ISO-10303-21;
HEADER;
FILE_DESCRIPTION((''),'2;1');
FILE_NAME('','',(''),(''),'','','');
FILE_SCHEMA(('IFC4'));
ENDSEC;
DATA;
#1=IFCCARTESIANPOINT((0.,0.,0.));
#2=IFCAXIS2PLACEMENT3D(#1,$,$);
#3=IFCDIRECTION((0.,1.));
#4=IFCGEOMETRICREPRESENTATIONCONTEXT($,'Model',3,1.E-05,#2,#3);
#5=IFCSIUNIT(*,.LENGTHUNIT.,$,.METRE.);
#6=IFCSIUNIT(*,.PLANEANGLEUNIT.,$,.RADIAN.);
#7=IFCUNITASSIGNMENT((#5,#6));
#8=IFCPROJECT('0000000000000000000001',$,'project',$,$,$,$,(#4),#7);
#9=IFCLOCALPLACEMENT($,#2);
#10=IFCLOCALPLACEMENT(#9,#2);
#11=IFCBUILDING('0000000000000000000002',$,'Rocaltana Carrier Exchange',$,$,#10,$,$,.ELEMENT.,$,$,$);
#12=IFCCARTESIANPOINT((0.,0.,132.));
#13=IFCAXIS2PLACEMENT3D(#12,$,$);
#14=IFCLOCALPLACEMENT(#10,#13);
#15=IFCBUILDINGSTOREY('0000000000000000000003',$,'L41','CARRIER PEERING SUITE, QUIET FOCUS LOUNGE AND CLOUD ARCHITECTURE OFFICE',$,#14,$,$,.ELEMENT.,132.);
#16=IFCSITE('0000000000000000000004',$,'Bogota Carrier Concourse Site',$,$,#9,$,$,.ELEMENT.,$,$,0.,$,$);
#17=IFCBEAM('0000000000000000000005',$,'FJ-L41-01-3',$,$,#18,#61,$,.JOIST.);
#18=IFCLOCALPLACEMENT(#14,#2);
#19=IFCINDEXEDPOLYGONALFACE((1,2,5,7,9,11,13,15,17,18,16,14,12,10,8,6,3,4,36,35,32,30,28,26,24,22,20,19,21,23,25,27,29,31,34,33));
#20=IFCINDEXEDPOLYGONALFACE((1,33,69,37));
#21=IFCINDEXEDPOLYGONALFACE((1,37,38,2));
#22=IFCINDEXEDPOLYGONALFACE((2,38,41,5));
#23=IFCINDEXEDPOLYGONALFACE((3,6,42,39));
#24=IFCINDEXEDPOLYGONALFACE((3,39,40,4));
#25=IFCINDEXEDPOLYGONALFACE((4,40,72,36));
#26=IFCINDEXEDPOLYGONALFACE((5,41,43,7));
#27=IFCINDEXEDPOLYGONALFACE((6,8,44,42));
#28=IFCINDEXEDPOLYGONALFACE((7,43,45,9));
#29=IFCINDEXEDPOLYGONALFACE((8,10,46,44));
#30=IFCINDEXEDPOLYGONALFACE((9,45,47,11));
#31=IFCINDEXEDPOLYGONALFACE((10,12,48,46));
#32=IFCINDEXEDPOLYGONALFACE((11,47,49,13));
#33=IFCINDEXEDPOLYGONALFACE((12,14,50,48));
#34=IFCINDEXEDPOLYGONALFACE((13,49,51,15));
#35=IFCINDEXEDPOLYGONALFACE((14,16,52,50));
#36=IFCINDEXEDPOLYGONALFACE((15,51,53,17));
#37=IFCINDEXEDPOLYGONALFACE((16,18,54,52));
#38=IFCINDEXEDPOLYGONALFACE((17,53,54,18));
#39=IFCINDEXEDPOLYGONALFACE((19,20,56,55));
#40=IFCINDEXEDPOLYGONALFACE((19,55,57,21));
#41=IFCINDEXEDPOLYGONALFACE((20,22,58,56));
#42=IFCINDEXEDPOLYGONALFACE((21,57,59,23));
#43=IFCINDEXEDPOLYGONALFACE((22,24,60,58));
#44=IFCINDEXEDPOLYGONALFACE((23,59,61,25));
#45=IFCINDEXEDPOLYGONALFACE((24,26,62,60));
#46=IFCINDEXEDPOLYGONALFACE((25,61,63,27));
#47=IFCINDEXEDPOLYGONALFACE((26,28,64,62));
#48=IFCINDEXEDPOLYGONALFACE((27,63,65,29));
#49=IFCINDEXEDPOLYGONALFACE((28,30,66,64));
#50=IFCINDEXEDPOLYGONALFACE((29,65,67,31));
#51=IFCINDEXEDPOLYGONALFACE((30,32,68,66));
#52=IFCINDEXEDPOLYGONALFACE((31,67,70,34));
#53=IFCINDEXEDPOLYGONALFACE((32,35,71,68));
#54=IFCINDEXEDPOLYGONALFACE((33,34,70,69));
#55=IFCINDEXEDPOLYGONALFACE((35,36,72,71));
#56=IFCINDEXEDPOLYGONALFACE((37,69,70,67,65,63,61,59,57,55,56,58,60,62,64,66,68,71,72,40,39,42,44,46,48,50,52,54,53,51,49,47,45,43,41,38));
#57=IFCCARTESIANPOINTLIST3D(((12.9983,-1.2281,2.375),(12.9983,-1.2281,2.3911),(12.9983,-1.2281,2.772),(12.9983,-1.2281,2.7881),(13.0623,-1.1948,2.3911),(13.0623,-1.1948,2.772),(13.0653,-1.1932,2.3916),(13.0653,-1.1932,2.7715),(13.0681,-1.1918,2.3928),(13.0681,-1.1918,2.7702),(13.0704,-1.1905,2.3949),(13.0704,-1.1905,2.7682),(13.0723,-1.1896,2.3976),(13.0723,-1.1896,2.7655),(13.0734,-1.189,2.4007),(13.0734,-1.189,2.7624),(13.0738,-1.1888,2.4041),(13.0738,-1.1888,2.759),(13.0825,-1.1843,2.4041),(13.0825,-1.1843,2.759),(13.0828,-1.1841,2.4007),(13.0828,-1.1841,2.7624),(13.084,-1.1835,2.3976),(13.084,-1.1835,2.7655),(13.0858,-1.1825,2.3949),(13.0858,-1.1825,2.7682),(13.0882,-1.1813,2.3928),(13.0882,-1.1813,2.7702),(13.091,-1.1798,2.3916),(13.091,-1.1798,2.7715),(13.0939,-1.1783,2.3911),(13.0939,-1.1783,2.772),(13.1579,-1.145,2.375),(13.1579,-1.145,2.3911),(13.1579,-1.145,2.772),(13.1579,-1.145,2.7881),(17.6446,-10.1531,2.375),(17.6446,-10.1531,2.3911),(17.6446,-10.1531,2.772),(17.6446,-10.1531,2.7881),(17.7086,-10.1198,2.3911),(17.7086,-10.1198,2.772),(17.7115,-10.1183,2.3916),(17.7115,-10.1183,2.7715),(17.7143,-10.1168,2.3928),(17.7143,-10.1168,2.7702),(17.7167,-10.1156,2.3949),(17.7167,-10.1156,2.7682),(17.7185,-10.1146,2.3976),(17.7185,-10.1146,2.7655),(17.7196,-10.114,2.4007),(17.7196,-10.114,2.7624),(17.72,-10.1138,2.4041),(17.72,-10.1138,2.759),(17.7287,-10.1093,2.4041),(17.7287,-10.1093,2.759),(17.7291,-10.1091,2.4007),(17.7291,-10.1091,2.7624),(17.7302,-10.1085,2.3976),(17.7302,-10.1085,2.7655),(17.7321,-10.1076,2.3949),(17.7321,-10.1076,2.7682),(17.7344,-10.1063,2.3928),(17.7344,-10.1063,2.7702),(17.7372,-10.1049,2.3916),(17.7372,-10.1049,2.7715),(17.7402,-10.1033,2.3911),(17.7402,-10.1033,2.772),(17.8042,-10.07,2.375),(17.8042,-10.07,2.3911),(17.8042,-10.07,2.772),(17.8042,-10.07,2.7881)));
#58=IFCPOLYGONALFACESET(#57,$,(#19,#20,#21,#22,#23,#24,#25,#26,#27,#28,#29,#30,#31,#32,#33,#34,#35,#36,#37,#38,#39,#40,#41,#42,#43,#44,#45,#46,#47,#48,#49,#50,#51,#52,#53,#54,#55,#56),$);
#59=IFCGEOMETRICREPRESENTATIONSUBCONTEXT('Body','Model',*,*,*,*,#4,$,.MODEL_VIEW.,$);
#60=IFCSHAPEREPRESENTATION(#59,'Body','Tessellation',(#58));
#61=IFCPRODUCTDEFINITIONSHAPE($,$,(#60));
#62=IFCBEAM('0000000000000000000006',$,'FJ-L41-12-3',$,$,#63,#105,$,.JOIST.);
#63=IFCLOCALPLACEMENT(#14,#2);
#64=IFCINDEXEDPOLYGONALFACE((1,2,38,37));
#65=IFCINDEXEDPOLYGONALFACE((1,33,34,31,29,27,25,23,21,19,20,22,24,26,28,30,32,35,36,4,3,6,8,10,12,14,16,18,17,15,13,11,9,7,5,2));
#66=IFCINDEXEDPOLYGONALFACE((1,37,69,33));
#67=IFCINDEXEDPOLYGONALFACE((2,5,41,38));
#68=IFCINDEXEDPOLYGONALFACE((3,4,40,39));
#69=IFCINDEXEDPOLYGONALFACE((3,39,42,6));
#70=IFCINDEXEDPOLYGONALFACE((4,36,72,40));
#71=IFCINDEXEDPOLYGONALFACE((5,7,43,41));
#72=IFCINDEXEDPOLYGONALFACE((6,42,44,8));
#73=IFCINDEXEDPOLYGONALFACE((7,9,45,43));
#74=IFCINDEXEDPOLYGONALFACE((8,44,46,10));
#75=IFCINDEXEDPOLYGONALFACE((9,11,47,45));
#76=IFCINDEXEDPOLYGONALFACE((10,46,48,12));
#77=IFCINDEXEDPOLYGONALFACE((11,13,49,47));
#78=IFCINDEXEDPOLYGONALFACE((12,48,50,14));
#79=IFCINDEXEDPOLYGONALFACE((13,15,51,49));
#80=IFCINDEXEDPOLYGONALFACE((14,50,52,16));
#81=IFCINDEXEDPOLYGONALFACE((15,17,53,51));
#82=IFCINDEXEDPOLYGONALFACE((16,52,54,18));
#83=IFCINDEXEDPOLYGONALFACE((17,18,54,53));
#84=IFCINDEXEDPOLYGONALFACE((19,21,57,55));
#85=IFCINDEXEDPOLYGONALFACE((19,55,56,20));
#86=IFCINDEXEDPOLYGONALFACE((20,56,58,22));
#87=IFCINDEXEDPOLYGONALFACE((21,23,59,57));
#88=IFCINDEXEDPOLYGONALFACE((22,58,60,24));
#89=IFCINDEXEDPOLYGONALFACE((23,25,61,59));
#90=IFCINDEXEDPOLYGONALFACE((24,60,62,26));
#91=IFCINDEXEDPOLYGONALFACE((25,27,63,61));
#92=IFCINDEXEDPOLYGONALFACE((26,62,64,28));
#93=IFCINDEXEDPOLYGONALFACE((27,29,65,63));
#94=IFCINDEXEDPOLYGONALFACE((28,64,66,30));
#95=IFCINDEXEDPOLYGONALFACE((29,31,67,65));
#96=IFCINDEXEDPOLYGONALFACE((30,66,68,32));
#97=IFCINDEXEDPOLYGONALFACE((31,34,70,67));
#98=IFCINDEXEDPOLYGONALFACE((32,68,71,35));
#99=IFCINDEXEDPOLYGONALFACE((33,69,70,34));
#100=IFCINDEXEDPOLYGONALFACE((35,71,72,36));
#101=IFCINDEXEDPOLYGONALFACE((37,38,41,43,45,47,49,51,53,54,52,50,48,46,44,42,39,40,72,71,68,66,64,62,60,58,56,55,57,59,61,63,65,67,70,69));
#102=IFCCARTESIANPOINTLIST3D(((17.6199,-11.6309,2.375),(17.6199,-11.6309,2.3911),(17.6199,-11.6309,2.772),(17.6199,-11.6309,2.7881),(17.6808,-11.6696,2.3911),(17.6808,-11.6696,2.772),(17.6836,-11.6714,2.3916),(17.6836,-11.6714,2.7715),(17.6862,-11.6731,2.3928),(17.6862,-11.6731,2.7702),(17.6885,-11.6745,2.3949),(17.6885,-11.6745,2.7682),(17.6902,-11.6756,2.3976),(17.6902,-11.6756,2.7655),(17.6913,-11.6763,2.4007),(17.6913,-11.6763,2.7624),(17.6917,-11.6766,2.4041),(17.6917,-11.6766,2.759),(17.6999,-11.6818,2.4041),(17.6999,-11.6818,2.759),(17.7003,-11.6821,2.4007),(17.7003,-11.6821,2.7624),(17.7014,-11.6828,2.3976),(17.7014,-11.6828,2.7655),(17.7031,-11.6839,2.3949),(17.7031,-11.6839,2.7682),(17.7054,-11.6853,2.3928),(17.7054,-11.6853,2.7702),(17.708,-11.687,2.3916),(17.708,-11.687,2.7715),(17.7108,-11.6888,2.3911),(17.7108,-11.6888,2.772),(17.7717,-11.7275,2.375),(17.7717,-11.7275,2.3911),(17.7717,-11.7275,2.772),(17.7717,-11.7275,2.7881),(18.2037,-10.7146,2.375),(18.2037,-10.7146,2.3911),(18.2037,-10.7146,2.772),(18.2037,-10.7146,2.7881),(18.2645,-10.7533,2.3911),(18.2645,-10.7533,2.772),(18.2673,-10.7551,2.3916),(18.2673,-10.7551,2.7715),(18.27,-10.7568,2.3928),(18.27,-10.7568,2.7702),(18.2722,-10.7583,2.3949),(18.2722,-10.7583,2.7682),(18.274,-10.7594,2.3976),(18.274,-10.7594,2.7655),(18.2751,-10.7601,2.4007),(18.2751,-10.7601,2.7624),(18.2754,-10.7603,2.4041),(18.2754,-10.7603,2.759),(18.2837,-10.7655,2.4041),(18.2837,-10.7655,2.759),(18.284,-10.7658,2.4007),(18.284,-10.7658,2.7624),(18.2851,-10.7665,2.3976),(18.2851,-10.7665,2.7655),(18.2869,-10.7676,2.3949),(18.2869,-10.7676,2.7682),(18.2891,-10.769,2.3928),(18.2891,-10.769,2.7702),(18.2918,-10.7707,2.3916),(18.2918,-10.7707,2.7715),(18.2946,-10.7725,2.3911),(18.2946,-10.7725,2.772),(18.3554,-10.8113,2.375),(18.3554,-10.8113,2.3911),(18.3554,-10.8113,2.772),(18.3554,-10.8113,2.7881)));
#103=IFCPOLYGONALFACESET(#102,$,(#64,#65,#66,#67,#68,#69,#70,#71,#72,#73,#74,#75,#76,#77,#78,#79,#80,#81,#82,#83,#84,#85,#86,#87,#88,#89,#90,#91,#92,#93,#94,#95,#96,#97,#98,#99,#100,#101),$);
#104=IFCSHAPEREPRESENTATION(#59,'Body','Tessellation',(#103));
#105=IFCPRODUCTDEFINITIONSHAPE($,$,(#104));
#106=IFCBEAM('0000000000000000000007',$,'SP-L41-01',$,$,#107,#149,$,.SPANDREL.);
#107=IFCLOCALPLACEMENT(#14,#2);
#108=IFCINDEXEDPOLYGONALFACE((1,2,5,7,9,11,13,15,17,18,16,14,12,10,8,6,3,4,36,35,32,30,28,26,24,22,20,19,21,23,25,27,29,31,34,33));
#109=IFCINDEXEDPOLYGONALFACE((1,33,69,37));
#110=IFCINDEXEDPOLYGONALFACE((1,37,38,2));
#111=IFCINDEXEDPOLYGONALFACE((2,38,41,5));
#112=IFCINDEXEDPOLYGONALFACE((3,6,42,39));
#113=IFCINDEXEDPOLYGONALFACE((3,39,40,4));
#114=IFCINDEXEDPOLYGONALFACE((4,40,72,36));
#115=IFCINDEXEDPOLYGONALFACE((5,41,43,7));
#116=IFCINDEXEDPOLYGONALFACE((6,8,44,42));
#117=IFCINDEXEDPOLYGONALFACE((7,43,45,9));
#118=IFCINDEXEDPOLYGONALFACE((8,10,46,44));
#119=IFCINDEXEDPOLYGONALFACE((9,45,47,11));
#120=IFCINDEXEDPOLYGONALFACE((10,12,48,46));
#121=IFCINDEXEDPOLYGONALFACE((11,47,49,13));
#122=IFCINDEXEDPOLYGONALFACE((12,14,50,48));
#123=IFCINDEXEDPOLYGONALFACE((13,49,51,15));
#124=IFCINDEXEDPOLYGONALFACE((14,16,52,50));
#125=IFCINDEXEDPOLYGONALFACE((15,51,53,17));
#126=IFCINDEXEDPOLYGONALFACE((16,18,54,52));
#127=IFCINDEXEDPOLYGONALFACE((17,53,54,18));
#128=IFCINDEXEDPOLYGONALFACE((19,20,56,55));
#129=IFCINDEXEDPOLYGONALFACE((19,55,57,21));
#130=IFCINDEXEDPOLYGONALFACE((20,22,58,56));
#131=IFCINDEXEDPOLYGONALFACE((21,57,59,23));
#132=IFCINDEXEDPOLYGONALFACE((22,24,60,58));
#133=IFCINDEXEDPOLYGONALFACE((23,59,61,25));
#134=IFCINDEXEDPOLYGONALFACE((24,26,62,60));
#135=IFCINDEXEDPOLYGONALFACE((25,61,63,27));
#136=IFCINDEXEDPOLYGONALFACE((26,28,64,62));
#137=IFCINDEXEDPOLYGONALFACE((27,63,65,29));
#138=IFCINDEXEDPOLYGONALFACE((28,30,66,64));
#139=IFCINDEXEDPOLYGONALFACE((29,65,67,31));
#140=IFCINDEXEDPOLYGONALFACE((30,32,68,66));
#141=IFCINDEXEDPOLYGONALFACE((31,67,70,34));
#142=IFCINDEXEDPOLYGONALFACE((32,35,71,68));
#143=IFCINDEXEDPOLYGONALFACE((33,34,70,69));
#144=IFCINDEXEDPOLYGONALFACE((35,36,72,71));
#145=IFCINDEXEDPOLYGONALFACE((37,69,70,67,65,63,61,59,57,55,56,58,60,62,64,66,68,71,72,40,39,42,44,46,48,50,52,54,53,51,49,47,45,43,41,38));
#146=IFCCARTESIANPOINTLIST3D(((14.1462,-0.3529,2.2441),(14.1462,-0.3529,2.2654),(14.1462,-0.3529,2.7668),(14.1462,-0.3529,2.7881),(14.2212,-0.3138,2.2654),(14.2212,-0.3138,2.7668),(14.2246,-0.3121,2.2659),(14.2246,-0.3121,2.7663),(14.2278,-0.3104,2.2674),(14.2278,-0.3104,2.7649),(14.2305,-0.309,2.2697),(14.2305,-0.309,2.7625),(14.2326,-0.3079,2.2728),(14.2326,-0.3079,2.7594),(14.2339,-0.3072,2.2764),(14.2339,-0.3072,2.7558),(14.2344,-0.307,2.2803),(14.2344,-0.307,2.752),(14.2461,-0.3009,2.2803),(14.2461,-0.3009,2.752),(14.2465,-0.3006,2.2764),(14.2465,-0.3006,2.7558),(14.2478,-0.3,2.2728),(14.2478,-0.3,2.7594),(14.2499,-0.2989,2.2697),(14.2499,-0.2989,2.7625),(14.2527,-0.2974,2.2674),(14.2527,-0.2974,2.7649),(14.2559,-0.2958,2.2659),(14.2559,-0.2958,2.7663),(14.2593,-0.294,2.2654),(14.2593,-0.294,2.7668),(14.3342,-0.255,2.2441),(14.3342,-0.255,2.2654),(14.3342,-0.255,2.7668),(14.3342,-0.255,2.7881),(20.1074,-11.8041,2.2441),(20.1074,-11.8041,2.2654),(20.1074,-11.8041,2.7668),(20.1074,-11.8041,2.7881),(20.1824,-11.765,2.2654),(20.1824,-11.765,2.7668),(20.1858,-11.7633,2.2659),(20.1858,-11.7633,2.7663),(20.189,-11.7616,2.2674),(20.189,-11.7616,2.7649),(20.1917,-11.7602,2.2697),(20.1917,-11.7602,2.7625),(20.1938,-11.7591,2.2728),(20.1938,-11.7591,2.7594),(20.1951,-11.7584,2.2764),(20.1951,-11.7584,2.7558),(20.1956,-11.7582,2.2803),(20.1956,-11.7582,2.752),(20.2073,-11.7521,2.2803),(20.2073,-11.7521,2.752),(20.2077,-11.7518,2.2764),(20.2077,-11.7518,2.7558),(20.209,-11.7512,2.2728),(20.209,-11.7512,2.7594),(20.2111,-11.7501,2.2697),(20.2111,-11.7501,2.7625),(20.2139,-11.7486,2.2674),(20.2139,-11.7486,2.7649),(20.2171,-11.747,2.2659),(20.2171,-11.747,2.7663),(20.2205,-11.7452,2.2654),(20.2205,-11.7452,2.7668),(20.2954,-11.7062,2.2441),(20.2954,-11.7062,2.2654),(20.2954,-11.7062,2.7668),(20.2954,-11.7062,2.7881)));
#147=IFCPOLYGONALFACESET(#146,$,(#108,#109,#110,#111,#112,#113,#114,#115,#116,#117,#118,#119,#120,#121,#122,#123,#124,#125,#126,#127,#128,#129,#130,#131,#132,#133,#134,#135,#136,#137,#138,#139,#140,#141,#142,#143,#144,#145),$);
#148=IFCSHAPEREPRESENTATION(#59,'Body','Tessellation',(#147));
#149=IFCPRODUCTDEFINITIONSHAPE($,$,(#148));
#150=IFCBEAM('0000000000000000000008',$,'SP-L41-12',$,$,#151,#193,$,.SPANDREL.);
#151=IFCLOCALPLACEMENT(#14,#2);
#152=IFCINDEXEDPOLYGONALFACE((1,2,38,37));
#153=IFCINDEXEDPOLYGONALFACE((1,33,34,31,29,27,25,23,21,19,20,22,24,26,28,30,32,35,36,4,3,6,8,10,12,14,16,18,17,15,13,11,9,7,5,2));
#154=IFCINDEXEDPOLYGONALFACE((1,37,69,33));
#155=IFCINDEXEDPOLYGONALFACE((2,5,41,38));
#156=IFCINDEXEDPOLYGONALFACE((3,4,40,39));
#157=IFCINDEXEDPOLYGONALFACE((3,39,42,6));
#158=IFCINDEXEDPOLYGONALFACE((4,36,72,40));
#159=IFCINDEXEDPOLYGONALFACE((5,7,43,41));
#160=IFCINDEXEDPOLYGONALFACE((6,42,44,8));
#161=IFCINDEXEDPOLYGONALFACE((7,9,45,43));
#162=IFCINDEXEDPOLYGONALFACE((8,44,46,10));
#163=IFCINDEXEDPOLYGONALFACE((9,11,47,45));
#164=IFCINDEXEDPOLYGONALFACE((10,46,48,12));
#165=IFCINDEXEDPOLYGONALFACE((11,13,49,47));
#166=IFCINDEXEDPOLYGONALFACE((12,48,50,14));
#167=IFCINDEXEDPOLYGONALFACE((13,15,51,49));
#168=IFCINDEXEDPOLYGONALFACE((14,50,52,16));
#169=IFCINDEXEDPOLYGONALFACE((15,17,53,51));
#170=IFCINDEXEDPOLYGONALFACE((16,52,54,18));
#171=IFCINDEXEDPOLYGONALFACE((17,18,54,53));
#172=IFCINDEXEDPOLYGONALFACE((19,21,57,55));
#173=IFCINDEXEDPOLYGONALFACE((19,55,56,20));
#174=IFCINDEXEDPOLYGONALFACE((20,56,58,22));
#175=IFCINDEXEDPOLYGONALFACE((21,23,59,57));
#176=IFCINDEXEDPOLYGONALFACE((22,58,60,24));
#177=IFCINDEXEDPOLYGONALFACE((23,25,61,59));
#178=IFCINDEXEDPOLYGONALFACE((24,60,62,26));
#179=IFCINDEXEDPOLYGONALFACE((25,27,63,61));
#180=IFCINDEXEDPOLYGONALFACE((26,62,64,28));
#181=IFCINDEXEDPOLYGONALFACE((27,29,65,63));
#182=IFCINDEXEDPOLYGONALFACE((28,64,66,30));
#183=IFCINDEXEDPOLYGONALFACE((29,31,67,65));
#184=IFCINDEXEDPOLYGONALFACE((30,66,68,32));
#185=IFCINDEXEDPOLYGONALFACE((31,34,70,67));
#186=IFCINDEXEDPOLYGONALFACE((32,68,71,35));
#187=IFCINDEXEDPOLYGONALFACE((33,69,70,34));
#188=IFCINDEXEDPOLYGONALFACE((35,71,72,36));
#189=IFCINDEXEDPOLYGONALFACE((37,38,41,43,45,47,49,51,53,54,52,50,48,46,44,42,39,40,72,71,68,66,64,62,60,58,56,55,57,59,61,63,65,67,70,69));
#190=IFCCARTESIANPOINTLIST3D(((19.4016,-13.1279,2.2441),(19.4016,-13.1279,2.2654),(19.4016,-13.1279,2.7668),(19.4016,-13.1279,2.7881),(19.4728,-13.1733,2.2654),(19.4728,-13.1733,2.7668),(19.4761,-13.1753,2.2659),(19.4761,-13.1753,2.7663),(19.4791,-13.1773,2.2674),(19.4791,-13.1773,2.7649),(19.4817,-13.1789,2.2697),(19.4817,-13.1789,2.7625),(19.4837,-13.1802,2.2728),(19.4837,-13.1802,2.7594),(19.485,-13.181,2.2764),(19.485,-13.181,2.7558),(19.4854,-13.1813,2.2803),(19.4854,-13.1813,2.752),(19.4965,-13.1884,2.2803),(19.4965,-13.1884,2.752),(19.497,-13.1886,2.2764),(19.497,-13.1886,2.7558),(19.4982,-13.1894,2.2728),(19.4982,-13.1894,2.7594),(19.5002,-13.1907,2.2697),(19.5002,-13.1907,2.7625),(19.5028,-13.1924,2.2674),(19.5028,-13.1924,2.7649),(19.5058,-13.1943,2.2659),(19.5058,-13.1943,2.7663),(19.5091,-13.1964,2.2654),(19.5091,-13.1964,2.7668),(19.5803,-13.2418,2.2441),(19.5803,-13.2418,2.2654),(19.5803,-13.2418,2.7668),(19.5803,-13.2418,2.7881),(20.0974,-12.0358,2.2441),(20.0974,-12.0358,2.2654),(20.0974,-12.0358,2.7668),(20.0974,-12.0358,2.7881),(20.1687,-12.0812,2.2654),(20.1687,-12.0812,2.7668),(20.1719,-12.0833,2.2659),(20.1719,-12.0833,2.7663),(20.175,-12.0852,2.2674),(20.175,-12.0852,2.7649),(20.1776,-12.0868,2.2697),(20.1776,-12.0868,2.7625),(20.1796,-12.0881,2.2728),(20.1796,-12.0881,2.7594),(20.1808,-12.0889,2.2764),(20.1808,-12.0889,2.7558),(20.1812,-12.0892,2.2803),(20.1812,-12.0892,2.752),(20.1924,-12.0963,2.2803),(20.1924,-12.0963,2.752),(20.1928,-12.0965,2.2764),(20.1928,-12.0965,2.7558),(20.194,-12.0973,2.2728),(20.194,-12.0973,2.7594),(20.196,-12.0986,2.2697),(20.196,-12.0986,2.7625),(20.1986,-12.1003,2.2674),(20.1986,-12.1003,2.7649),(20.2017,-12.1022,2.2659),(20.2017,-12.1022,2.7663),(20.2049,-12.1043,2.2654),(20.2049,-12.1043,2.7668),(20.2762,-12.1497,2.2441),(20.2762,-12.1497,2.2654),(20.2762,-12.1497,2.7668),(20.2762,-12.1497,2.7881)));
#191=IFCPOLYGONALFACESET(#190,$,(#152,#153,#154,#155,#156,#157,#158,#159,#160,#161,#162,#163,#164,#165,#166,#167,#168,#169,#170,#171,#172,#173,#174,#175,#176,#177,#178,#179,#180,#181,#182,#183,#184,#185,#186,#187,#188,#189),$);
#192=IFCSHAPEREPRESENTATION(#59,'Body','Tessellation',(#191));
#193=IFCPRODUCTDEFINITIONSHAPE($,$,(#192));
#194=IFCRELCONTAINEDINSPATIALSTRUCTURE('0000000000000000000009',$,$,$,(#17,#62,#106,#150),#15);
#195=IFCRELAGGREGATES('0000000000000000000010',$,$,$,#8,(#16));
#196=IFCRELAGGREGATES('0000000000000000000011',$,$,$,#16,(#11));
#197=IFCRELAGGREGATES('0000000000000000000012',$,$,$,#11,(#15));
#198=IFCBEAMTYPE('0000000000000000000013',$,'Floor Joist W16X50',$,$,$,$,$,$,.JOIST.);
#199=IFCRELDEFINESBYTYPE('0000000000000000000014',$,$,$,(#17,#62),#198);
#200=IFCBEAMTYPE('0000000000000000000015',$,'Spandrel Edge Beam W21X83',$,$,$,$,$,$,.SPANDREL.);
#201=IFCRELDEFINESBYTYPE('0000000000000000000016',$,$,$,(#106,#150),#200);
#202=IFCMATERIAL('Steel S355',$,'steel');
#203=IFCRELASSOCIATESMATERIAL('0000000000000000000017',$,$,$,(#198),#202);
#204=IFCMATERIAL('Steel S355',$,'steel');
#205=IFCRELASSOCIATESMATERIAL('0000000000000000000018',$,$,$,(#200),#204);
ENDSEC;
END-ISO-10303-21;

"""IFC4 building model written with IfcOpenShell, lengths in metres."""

from ifc_helpers import new_model, si_unit, direction, frame, origin, origin_2d, place, context, subcontext, project, spatial, i_section, extrude, material, material_profile, profile_set, type_object, element, save


model = new_model("IFC4")

# Units and contexts
model_context = context("Model", 3, precision=1e-05, world=origin(), true_north=direction((0.0, 1.0)))
body_context = subcontext(model_context, "Body", "Model", "MODEL_VIEW")
ifc_project = project(units=[si_unit("LENGTHUNIT", "METRE"), si_unit("PLANEANGLEUNIT", "RADIAN")], contexts=[model_context])

# Site, building, storey
site_placement = place(None, origin())
site = spatial("IfcSite", under=ifc_project, at=site_placement, Name="Bogota Carrier Concourse Site", CompositionType="ELEMENT", RefElevation=0.0)
building_placement = place(site_placement, origin())
building = spatial("IfcBuilding", under=site, at=building_placement, Name="Rocaltana Carrier Exchange", CompositionType="ELEMENT")
storey_placement = place(building_placement, frame((0.0, 0.0, 132.0)))
storey = spatial("IfcBuildingStorey", under=building, at=storey_placement, Name="L41", Description="CARRIER PEERING SUITE, QUIET FOCUS LOUNGE AND CLOUD ARCHITECTURE OFFICE", CompositionType="ELEMENT", Elevation=132.0)

# Beams
ifc_material_1 = material(Name="Steel S355", Category="steel")
ifc_material_profile_1 = material_profile(ifc_material_1, i_section(OverallWidth=0.1799, OverallDepth=0.4131, WebThickness=0.0098, FlangeThickness=0.0161, FilletRadius=0.0129, at=origin_2d()), Name="W16X50")
ifc_profile_set_1 = profile_set([ifc_material_profile_1], Name="Steel S355")
beam_type_1 = type_object("IfcBeamType", Name="Floor Joist W16X50", PredefinedType="JOIST", material=ifc_profile_set_1)
beam_1_placement = place(storey_placement, frame((17.7244, -10.1116, 2.5815), z_axis=(-0.461761, 0.887005, 0.0), x_axis=(-0.887005, -0.461761, 0.0)))
element("IfcBeam", 1, at=beam_1_placement, inside=storey, type_object=beam_type_1, Name="FJ-L41-01-3", PredefinedType="JOIST", context=body_context, shape_type="SweptSolid", body=[
    extrude(i_section(OverallWidth=0.1799, OverallDepth=0.4131, WebThickness=0.0098, FlangeThickness=0.0161, FilletRadius=0.0129, at=origin_2d()), origin(), (0.0, 0.0, 1.0), 10.062),
])
beam_2_placement = place(storey_placement, frame((17.6958, -11.6792, 2.5815), z_axis=(0.537312, 0.843384, 0.0), x_axis=(-0.843384, 0.537312, 0.0)))
element("IfcBeam", 2, at=beam_2_placement, inside=storey, type_object=beam_type_1, Name="FJ-L41-12-3", PredefinedType="JOIST", context=body_context, shape_type="SweptSolid", body=[
    extrude(i_section(OverallWidth=0.1799, OverallDepth=0.4131, WebThickness=0.0098, FlangeThickness=0.0161, FilletRadius=0.0129, at=origin_2d()), origin(), (0.0, 0.0, 1.0), 1.0864),
])
ifc_material_2 = material(Name="Steel S355", Category="steel")
ifc_material_profile_2 = material_profile(ifc_material_2, i_section(OverallWidth=0.2119, OverallDepth=0.5439, WebThickness=0.0132, FlangeThickness=0.0212, FilletRadius=0.0149, at=origin_2d()), Name="W21X83")
ifc_profile_set_2 = profile_set([ifc_material_profile_2], Name="Steel S355")
beam_type_2 = type_object("IfcBeamType", Name="Spandrel Edge Beam W21X83", PredefinedType="SPANDREL", material=ifc_profile_set_2)
beam_3_placement = place(storey_placement, frame((20.2014, -11.7551, 2.5161), z_axis=(-0.461753, 0.887008, 0.0), x_axis=(-0.887008, -0.461753, 0.0)))
element("IfcBeam", 3, at=beam_3_placement, inside=storey, type_object=beam_type_2, Name="SP-L41-01", PredefinedType="SPANDREL", context=body_context, shape_type="SweptSolid", body=[
    extrude(i_section(OverallWidth=0.2119, OverallDepth=0.5439, WebThickness=0.0132, FlangeThickness=0.0212, FilletRadius=0.0149, at=origin_2d()), origin(), (0.0, 0.0, 1.0), 12.9099),
])
beam_4_placement = place(storey_placement, frame((19.491, -13.1848, 2.5161), z_axis=(0.537351, 0.843359, 0.0), x_axis=(-0.843359, 0.537351, 0.0)))
element("IfcBeam", 4, at=beam_4_placement, inside=storey, type_object=beam_type_2, Name="SP-L41-12", PredefinedType="SPANDREL", context=body_context, shape_type="SweptSolid", body=[
    extrude(i_section(OverallWidth=0.2119, OverallDepth=0.5439, WebThickness=0.0132, FlangeThickness=0.0212, FilletRadius=0.0149, at=origin_2d()), origin(), (0.0, 0.0, 1.0), 1.2949),
])

save(model, "model.ifc")
